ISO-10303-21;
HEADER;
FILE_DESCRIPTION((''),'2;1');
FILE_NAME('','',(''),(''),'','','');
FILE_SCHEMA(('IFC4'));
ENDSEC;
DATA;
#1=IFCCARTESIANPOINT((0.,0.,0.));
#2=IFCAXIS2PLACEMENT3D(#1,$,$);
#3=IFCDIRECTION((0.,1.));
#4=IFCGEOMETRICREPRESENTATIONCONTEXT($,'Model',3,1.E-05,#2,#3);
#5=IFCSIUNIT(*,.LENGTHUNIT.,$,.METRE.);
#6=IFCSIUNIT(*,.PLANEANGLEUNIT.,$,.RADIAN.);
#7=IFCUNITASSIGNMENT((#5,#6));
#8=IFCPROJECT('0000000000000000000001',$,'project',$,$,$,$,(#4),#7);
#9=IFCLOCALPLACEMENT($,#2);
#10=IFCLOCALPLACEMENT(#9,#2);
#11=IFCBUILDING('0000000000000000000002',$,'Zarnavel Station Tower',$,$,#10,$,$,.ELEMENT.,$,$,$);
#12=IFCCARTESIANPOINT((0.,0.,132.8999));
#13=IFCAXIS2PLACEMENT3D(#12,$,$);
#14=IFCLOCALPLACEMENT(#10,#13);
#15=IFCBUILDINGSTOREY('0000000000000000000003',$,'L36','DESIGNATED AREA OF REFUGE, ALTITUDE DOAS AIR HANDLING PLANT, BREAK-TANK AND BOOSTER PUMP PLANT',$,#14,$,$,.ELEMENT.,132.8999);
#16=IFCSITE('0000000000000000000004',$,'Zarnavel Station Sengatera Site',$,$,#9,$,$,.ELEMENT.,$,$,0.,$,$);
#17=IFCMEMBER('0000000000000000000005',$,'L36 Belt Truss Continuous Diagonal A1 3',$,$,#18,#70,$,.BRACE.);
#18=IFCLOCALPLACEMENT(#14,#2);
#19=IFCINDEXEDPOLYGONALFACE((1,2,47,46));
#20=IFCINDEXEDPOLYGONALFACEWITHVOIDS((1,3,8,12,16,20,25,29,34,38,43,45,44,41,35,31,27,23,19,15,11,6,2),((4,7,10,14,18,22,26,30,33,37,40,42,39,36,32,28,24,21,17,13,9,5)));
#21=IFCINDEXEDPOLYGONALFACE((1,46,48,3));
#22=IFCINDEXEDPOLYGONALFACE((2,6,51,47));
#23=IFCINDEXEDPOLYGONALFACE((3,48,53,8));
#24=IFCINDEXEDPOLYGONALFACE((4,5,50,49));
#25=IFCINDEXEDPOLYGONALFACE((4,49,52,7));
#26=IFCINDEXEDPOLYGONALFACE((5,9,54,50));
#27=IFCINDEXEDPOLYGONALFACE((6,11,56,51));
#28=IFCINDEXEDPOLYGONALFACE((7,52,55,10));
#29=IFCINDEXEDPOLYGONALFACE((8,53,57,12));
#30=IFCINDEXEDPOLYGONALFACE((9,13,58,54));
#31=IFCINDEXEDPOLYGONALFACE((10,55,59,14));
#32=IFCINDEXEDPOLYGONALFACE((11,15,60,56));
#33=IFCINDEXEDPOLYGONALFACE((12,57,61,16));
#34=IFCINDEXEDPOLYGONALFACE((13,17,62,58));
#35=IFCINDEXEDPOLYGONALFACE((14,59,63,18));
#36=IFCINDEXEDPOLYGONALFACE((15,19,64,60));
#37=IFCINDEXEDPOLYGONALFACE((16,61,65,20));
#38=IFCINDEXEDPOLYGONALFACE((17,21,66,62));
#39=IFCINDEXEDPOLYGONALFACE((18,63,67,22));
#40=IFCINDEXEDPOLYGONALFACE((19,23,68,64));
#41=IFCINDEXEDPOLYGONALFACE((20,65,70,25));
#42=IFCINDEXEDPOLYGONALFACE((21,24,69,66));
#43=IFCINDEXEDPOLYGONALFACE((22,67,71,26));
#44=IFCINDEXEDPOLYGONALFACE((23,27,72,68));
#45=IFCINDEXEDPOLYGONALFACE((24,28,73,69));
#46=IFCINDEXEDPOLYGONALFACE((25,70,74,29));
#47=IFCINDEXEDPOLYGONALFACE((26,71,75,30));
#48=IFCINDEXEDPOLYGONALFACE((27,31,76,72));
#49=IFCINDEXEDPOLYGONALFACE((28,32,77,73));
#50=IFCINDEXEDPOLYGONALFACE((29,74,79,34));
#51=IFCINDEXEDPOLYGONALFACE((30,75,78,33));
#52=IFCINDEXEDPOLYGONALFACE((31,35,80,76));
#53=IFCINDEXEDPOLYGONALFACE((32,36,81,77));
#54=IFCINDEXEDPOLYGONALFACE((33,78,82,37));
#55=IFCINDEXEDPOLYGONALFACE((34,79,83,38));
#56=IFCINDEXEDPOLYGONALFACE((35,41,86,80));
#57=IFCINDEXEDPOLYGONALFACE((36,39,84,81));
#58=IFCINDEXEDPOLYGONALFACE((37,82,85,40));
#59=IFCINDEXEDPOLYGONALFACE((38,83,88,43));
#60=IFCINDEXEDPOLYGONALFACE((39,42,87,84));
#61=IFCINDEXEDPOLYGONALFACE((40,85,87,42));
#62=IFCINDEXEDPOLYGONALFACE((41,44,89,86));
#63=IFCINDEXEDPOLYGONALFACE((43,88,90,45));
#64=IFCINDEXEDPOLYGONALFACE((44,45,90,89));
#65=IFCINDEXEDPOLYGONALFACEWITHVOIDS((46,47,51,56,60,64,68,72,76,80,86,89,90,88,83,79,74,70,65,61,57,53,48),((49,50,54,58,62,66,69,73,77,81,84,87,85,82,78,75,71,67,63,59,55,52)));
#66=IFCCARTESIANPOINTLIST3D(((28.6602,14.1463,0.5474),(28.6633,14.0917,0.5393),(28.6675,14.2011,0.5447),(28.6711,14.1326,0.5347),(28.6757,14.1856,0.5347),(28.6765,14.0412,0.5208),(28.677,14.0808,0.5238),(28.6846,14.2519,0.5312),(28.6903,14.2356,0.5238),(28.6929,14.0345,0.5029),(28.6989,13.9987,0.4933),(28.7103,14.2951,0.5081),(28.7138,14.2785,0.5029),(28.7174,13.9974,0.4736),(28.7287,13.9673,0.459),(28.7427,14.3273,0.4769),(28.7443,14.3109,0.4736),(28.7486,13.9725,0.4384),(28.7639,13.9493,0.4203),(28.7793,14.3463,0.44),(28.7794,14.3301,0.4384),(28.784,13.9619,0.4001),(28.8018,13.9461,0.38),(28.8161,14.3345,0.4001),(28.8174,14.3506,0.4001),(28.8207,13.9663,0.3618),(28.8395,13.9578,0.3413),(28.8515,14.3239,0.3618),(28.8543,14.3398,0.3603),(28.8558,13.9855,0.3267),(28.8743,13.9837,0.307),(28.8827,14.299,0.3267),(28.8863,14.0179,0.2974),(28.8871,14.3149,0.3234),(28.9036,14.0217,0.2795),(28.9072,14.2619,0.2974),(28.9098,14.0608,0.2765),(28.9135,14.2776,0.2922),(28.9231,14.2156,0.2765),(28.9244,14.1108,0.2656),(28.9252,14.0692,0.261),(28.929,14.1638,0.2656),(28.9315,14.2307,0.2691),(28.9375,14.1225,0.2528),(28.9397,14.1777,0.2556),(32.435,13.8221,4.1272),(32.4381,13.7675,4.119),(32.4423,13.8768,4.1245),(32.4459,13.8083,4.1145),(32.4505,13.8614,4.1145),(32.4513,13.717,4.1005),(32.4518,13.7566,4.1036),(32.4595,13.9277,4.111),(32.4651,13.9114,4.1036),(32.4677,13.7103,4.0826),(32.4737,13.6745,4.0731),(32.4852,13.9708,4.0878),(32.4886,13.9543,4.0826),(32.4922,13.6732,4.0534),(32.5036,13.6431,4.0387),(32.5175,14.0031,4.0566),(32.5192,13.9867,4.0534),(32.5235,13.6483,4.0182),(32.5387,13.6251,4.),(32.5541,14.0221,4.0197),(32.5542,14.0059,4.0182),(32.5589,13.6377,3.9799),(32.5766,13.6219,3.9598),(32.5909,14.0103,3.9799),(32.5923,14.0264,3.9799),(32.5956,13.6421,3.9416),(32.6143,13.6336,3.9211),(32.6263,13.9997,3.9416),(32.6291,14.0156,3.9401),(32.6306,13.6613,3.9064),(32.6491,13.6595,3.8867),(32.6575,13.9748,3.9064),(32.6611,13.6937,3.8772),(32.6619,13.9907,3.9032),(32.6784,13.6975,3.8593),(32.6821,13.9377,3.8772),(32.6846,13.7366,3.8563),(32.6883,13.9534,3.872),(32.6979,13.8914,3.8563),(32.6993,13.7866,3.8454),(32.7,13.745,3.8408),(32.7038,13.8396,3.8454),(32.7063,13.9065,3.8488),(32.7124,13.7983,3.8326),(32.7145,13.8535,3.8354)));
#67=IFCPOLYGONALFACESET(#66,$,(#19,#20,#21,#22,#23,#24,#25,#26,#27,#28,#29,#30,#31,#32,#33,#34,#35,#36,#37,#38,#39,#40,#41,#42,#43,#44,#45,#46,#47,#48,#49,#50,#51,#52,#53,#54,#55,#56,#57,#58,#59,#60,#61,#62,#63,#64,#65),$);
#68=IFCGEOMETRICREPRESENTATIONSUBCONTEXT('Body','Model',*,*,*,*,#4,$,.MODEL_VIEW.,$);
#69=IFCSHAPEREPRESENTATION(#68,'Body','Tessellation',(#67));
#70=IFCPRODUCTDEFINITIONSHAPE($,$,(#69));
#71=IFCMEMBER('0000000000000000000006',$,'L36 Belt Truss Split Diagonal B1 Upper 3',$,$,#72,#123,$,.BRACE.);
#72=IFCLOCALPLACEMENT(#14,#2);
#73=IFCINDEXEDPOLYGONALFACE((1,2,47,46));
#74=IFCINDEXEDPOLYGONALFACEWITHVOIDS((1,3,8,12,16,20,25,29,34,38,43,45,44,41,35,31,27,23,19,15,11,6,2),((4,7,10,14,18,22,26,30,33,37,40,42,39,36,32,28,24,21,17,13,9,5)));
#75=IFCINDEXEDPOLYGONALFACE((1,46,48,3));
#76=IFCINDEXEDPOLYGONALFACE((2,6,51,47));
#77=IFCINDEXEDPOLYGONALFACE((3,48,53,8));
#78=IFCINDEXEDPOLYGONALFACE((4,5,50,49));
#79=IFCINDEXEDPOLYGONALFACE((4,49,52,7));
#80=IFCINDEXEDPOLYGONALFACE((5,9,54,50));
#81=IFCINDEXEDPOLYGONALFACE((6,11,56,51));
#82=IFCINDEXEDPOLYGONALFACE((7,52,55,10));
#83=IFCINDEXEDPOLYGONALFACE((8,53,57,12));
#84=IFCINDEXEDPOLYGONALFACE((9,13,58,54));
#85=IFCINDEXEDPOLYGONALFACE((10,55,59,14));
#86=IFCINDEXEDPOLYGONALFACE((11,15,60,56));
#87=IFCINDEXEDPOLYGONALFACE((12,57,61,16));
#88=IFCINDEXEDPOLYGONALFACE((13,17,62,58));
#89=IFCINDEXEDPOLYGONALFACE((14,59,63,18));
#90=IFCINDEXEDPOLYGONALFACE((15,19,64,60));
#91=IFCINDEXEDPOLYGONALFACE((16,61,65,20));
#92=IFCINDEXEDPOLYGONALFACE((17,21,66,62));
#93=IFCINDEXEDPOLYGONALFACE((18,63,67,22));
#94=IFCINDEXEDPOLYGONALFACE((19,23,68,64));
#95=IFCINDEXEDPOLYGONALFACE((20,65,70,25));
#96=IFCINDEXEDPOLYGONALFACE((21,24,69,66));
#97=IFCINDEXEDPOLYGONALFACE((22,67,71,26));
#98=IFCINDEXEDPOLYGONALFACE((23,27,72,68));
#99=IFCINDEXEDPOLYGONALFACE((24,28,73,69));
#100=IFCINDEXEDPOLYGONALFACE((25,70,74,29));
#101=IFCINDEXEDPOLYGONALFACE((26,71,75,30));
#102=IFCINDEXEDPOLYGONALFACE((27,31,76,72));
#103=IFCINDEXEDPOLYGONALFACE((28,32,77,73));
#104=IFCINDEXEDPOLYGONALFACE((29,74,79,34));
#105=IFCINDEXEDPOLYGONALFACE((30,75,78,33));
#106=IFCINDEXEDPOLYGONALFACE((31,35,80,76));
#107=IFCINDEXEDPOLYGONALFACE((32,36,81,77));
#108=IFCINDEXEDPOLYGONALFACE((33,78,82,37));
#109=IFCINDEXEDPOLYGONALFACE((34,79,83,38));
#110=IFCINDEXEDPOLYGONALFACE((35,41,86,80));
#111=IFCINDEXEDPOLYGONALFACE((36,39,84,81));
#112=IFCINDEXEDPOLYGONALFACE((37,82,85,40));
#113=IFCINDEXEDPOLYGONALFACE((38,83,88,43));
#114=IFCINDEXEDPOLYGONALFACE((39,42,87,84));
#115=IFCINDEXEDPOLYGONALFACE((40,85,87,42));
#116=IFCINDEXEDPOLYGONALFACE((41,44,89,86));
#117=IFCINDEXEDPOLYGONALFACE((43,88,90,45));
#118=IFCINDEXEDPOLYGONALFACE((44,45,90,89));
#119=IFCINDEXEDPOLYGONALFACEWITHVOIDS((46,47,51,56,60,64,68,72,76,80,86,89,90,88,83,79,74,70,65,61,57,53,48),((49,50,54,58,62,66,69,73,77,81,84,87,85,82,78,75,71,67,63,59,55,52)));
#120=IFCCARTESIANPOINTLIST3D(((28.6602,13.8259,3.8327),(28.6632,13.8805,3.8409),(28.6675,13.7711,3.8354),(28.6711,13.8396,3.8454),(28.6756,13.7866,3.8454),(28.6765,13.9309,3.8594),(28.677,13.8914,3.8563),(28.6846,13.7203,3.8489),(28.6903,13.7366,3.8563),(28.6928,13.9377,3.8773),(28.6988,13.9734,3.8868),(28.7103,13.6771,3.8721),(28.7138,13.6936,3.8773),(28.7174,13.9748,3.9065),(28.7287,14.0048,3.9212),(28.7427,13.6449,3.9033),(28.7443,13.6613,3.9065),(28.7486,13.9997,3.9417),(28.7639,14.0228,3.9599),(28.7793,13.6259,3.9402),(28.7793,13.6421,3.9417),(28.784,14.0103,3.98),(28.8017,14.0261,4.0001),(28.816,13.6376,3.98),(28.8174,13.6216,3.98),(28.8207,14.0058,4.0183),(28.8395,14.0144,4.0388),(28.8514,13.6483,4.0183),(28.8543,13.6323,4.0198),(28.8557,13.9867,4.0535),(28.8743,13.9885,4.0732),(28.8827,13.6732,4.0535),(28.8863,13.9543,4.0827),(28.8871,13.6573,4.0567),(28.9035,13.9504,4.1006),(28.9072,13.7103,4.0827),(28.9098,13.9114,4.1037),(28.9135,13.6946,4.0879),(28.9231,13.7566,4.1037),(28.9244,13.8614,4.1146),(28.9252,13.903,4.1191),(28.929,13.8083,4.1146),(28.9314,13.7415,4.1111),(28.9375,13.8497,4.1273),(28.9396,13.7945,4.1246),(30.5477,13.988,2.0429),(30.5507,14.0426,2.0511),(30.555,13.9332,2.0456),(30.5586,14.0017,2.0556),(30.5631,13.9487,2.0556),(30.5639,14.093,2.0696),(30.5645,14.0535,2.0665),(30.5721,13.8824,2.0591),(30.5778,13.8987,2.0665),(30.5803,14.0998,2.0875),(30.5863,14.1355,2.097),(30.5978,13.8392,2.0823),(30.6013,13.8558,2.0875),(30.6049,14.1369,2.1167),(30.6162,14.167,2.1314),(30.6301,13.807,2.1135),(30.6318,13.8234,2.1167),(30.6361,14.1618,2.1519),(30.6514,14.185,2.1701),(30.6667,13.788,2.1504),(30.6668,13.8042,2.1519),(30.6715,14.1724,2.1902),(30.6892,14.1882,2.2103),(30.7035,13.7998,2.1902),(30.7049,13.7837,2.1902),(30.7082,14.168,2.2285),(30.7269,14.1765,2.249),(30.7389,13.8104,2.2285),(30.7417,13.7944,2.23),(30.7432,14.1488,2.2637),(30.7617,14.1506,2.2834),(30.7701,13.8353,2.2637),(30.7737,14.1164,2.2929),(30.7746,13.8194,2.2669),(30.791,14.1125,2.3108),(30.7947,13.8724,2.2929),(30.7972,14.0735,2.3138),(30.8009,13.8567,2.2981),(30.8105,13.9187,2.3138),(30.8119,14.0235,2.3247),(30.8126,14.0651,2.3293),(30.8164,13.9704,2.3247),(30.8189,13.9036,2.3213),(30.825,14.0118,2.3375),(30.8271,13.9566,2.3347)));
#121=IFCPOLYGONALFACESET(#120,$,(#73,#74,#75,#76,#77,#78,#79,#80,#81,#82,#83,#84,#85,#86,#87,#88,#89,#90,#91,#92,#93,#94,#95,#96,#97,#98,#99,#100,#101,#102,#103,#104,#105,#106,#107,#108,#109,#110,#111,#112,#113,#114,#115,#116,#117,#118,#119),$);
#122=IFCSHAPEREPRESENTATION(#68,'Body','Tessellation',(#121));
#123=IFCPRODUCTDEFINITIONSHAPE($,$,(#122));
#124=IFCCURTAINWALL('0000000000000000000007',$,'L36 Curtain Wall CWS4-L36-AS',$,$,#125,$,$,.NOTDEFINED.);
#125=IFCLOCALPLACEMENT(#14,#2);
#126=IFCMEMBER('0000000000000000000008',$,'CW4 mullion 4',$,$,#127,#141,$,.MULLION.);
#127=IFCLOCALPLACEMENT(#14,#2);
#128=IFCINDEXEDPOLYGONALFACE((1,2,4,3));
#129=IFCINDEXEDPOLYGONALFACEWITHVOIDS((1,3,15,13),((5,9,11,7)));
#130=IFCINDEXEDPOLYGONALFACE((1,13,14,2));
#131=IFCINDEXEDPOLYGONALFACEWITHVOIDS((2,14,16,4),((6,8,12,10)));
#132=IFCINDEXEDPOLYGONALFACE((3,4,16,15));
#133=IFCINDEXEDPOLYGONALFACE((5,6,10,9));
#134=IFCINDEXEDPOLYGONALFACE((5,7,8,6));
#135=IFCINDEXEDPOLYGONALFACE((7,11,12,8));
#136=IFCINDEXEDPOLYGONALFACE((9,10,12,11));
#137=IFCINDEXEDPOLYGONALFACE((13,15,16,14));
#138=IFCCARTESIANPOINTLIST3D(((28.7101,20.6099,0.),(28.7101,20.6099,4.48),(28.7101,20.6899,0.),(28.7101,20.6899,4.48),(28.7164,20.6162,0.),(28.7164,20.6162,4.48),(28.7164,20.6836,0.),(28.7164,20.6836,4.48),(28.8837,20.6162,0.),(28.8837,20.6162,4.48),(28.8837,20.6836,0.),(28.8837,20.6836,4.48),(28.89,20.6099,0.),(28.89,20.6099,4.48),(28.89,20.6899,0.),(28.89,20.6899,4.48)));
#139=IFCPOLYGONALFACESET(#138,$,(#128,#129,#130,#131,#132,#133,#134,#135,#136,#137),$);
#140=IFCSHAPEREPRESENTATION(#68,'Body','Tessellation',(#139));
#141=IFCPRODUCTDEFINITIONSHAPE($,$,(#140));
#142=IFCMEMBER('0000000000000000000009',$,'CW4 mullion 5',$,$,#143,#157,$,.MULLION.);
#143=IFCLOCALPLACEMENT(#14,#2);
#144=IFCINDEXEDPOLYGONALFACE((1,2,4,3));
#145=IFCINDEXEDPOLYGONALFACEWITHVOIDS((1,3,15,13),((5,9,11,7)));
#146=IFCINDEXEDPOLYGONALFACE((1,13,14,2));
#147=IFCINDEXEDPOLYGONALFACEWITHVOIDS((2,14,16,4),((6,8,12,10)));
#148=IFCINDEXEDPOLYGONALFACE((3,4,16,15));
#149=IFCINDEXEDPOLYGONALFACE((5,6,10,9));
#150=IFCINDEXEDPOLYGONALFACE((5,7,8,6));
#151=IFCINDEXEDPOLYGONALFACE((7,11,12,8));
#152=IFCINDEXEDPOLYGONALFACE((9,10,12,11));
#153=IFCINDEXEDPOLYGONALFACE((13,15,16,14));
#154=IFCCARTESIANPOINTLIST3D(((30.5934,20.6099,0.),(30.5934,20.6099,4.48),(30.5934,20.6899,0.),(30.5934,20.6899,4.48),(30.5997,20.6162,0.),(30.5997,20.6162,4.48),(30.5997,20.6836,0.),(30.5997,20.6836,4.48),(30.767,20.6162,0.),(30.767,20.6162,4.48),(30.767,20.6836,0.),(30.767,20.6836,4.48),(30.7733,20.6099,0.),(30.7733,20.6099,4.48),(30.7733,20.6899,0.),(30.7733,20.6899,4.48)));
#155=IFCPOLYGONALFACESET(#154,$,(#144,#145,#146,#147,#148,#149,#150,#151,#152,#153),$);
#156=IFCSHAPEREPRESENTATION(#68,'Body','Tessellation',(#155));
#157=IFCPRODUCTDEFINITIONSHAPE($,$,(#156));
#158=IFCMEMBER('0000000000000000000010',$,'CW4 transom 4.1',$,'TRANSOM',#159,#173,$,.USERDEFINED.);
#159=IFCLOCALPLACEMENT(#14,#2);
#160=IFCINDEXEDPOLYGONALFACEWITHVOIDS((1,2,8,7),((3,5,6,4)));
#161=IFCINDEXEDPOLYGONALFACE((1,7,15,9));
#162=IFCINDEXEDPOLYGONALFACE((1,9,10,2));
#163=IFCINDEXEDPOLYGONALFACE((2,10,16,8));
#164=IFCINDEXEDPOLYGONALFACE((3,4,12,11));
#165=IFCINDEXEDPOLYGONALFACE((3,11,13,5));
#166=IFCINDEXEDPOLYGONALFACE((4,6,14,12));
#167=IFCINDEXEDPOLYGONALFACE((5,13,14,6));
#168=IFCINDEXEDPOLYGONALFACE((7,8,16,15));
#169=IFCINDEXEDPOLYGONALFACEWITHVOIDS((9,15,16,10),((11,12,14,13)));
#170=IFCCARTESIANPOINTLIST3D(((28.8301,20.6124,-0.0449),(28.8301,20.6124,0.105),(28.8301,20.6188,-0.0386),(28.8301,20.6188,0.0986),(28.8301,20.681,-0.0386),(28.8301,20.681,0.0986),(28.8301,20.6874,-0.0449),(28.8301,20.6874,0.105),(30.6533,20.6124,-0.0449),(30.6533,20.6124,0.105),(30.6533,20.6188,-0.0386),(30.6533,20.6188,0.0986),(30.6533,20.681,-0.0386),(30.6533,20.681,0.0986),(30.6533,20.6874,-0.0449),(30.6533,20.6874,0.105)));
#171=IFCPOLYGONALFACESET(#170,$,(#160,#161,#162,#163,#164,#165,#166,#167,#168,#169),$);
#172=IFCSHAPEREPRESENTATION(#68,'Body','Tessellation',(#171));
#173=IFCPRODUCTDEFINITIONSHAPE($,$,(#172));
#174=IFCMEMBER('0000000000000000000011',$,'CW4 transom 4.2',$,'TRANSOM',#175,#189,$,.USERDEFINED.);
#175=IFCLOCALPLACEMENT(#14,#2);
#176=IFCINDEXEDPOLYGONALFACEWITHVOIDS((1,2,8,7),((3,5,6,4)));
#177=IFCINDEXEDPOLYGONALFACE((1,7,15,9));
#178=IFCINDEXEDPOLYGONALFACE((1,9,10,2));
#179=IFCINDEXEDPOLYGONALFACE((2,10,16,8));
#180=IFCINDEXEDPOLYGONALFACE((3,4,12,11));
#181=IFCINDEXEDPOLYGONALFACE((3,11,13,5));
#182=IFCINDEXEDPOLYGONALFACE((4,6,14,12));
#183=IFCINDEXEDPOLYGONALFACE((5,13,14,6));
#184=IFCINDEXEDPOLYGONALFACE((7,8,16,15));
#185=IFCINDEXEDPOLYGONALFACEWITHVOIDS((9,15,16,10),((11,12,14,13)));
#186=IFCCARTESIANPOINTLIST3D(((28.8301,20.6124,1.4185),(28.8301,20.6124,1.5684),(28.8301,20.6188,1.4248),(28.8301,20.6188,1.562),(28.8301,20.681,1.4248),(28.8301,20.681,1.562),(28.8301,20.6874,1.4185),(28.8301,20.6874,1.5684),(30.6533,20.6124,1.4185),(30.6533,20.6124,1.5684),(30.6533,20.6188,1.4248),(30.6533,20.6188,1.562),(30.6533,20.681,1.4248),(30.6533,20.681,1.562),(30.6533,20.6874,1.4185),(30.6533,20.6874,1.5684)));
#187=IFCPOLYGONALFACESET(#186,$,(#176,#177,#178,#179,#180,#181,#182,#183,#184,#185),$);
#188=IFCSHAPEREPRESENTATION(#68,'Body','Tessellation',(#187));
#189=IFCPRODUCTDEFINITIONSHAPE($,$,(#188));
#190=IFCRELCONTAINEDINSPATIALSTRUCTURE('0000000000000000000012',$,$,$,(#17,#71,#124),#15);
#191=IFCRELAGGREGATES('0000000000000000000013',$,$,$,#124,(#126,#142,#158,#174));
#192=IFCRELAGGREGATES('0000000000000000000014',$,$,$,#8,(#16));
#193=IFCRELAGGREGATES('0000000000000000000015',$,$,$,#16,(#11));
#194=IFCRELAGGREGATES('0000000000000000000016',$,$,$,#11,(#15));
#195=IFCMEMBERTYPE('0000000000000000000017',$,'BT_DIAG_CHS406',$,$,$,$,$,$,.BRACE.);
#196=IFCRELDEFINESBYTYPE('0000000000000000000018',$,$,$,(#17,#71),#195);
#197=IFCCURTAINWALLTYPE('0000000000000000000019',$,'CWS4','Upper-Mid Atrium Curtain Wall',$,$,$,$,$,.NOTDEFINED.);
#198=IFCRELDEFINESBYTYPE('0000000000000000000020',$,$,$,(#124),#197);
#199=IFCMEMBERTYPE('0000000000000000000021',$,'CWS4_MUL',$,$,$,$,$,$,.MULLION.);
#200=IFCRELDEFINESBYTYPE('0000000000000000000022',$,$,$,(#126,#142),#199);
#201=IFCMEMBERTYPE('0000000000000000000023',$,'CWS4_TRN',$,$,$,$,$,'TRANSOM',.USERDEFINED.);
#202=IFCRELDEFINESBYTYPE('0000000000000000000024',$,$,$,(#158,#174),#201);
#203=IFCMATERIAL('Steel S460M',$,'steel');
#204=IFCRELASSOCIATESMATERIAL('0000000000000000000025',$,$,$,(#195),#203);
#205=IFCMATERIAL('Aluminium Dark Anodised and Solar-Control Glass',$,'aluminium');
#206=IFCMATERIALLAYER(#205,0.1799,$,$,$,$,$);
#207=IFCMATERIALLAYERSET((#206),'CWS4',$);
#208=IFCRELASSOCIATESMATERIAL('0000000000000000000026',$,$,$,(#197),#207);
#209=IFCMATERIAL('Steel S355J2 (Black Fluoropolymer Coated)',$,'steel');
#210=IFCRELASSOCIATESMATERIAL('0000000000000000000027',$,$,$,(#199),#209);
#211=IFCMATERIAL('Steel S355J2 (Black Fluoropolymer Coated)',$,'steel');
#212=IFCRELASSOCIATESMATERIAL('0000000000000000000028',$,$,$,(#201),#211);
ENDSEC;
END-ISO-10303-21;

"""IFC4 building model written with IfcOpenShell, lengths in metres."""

from ifc_helpers import new_model, si_unit, direction, frame, origin, origin_2d, place, context, subcontext, project, spatial, hollow_rectangle, hollow_circle, extrude, material, layer, layer_set, material_profile, profile_set, type_object, element, aggregate, save


model = new_model("IFC4")

# Units and contexts
model_context = context("Model", 3, precision=1e-05, world=origin(), true_north=direction((0.0, 1.0)))
body_context = subcontext(model_context, "Body", "Model", "MODEL_VIEW")
ifc_project = project(units=[si_unit("LENGTHUNIT", "METRE"), si_unit("PLANEANGLEUNIT", "RADIAN")], contexts=[model_context])

# Site, building, storey
site_placement = place(None, origin())
site = spatial("IfcSite", under=ifc_project, at=site_placement, Name="Zarnavel Station Sengatera Site", CompositionType="ELEMENT", RefElevation=0.0)
building_placement = place(site_placement, origin())
building = spatial("IfcBuilding", under=site, at=building_placement, Name="Zarnavel Station Tower", CompositionType="ELEMENT")
storey_placement = place(building_placement, frame((0.0, 0.0, 132.8999)))
storey = spatial("IfcBuildingStorey", under=building, at=storey_placement, Name="L36", Description="DESIGNATED AREA OF REFUGE, ALTITUDE DOAS AIR HANDLING PLANT, BREAK-TANK AND BOOSTER PUMP PLANT", CompositionType="ELEMENT", Elevation=132.8999)

# Members
ifc_material_1 = material(Name="Steel S460M", Category="steel")
ifc_material_profile_1 = material_profile(ifc_material_1, hollow_circle(Radius=0.2031, WallThickness=0.0161, at=origin_2d()), Name="CHS406.4x16")
ifc_profile_set_1 = profile_set([ifc_material_profile_1], Name="Steel S460M")
member_type_1 = type_object("IfcMemberType", Name="BT_DIAG_CHS406", PredefinedType="BRACE", material=ifc_profile_set_1)
member_1_placement = place(storey_placement, frame((28.8, 14.1482, 0.4001), z_axis=(0.724201, -0.0622, 0.686778), x_axis=(0.085573, 0.996332, 0.0)))
element("IfcMember", 1, at=member_1_placement, inside=storey, type_object=member_type_1, Name="L36 Belt Truss Continuous Diagonal A1 3", PredefinedType="BRACE", context=body_context, shape_type="SweptSolid", body=[
    extrude(hollow_circle(Radius=0.2031, WallThickness=0.0161, at=origin_2d()), origin(), (0.0, 0.0, 1.0), 5.2124),
])
member_2_placement = place(storey_placement, frame((30.6875, 13.9861, 2.1902), z_axis=(-0.724224, -0.062202, 0.686753), x_axis=(0.085573, -0.996332, 0.0)))
element("IfcMember", 2, at=member_2_placement, inside=storey, type_object=member_type_1, Name="L36 Belt Truss Split Diagonal B1 Upper 3", PredefinedType="BRACE", context=body_context, shape_type="SweptSolid", body=[
    extrude(hollow_circle(Radius=0.2031, WallThickness=0.0161, at=origin_2d()), origin(), (0.0, 0.0, 1.0), 2.6062),
])

# Curtain wall, members
ifc_material_2 = material(Name="Aluminium Dark Anodised and Solar-Control Glass", Category="aluminium")
ifc_layer_1 = layer(ifc_material_2, 0.1799)
ifc_layer_set_1 = layer_set([ifc_layer_1], Name="CWS4")
curtain_wall_type = type_object("IfcCurtainWallType", Name="CWS4", Description="Upper-Mid Atrium Curtain Wall", PredefinedType="NOTDEFINED", material=ifc_layer_set_1)
curtain_wall_placement = place(storey_placement, origin())
curtain_wall = element("IfcCurtainWall", 3, at=curtain_wall_placement, inside=storey, type_object=curtain_wall_type, Name="L36 Curtain Wall CWS4-L36-AS", PredefinedType="NOTDEFINED")
ifc_material_3 = material(Name="Steel S355J2 (Black Fluoropolymer Coated)", Category="steel")
ifc_material_profile_2 = material_profile(ifc_material_3, hollow_rectangle(XDim=0.0801, YDim=0.1799, WallThickness=0.0063, at=origin_2d()), Name="RHS180x80x6.3")
ifc_profile_set_2 = profile_set([ifc_material_profile_2], Name="Steel S355J2 (Black Fluoropolymer Coated)")
member_type_2 = type_object("IfcMemberType", Name="CWS4_MUL", PredefinedType="MULLION", material=ifc_profile_set_2)
member_3_placement = place(storey_placement, frame((28.8, 20.6499, 0.0), z_axis=(0.0, 0.0, 1.0), x_axis=(0.0, 1.0, 0.0)))
member_3 = element("IfcMember", 4, at=member_3_placement, type_object=member_type_2, Name="CW4 mullion 4", PredefinedType="MULLION", context=body_context, shape_type="SweptSolid", body=[
    extrude(hollow_rectangle(XDim=0.0801, YDim=0.1799, WallThickness=0.0063, at=origin_2d()), origin(), (0.0, 0.0, 1.0), 4.48),
])
member_4_placement = place(storey_placement, frame((30.6833, 20.6499, 0.0), z_axis=(0.0, 0.0, 1.0), x_axis=(0.0, 1.0, 0.0)))
member_4 = element("IfcMember", 5, at=member_4_placement, type_object=member_type_2, Name="CW4 mullion 5", PredefinedType="MULLION", context=body_context, shape_type="SweptSolid", body=[
    extrude(hollow_rectangle(XDim=0.0801, YDim=0.1799, WallThickness=0.0063, at=origin_2d()), origin(), (0.0, 0.0, 1.0), 4.48),
])
ifc_material_4 = material(Name="Steel S355J2 (Black Fluoropolymer Coated)", Category="steel")
ifc_material_profile_3 = material_profile(ifc_material_4, hollow_rectangle(XDim=0.075, YDim=0.1499, WallThickness=0.0063, at=origin_2d()), Name="RHS150x75x6.3")
ifc_profile_set_3 = profile_set([ifc_material_profile_3], Name="Steel S355J2 (Black Fluoropolymer Coated)")
member_type_3 = type_object("IfcMemberType", Name="CWS4_TRN", ElementType="TRANSOM", PredefinedType="USERDEFINED", material=ifc_profile_set_3)
member_5_placement = place(storey_placement, frame((28.8301, 20.6499, 0.03), z_axis=(1.0, 0.0, 0.0), x_axis=(0.0, 1.0, 0.0)))
member_5 = element("IfcMember", 6, at=member_5_placement, type_object=member_type_3, Name="CW4 transom 4.1", ObjectType="TRANSOM", PredefinedType="USERDEFINED", context=body_context, shape_type="SweptSolid", body=[
    extrude(hollow_rectangle(XDim=0.075, YDim=0.1499, WallThickness=0.0063, at=origin_2d()), origin(), (0.0, 0.0, 1.0), 1.8232),
])
member_6_placement = place(storey_placement, frame((28.8301, 20.6499, 1.4934), z_axis=(1.0, 0.0, 0.0), x_axis=(0.0, 1.0, 0.0)))
member_6 = element("IfcMember", 7, at=member_6_placement, type_object=member_type_3, Name="CW4 transom 4.2", ObjectType="TRANSOM", PredefinedType="USERDEFINED", context=body_context, shape_type="SweptSolid", body=[
    extrude(hollow_rectangle(XDim=0.075, YDim=0.1499, WallThickness=0.0063, at=origin_2d()), origin(), (0.0, 0.0, 1.0), 1.8232),
])
aggregate(curtain_wall, [member_3, member_4, member_5, member_6])

save(model, "model.ifc")
